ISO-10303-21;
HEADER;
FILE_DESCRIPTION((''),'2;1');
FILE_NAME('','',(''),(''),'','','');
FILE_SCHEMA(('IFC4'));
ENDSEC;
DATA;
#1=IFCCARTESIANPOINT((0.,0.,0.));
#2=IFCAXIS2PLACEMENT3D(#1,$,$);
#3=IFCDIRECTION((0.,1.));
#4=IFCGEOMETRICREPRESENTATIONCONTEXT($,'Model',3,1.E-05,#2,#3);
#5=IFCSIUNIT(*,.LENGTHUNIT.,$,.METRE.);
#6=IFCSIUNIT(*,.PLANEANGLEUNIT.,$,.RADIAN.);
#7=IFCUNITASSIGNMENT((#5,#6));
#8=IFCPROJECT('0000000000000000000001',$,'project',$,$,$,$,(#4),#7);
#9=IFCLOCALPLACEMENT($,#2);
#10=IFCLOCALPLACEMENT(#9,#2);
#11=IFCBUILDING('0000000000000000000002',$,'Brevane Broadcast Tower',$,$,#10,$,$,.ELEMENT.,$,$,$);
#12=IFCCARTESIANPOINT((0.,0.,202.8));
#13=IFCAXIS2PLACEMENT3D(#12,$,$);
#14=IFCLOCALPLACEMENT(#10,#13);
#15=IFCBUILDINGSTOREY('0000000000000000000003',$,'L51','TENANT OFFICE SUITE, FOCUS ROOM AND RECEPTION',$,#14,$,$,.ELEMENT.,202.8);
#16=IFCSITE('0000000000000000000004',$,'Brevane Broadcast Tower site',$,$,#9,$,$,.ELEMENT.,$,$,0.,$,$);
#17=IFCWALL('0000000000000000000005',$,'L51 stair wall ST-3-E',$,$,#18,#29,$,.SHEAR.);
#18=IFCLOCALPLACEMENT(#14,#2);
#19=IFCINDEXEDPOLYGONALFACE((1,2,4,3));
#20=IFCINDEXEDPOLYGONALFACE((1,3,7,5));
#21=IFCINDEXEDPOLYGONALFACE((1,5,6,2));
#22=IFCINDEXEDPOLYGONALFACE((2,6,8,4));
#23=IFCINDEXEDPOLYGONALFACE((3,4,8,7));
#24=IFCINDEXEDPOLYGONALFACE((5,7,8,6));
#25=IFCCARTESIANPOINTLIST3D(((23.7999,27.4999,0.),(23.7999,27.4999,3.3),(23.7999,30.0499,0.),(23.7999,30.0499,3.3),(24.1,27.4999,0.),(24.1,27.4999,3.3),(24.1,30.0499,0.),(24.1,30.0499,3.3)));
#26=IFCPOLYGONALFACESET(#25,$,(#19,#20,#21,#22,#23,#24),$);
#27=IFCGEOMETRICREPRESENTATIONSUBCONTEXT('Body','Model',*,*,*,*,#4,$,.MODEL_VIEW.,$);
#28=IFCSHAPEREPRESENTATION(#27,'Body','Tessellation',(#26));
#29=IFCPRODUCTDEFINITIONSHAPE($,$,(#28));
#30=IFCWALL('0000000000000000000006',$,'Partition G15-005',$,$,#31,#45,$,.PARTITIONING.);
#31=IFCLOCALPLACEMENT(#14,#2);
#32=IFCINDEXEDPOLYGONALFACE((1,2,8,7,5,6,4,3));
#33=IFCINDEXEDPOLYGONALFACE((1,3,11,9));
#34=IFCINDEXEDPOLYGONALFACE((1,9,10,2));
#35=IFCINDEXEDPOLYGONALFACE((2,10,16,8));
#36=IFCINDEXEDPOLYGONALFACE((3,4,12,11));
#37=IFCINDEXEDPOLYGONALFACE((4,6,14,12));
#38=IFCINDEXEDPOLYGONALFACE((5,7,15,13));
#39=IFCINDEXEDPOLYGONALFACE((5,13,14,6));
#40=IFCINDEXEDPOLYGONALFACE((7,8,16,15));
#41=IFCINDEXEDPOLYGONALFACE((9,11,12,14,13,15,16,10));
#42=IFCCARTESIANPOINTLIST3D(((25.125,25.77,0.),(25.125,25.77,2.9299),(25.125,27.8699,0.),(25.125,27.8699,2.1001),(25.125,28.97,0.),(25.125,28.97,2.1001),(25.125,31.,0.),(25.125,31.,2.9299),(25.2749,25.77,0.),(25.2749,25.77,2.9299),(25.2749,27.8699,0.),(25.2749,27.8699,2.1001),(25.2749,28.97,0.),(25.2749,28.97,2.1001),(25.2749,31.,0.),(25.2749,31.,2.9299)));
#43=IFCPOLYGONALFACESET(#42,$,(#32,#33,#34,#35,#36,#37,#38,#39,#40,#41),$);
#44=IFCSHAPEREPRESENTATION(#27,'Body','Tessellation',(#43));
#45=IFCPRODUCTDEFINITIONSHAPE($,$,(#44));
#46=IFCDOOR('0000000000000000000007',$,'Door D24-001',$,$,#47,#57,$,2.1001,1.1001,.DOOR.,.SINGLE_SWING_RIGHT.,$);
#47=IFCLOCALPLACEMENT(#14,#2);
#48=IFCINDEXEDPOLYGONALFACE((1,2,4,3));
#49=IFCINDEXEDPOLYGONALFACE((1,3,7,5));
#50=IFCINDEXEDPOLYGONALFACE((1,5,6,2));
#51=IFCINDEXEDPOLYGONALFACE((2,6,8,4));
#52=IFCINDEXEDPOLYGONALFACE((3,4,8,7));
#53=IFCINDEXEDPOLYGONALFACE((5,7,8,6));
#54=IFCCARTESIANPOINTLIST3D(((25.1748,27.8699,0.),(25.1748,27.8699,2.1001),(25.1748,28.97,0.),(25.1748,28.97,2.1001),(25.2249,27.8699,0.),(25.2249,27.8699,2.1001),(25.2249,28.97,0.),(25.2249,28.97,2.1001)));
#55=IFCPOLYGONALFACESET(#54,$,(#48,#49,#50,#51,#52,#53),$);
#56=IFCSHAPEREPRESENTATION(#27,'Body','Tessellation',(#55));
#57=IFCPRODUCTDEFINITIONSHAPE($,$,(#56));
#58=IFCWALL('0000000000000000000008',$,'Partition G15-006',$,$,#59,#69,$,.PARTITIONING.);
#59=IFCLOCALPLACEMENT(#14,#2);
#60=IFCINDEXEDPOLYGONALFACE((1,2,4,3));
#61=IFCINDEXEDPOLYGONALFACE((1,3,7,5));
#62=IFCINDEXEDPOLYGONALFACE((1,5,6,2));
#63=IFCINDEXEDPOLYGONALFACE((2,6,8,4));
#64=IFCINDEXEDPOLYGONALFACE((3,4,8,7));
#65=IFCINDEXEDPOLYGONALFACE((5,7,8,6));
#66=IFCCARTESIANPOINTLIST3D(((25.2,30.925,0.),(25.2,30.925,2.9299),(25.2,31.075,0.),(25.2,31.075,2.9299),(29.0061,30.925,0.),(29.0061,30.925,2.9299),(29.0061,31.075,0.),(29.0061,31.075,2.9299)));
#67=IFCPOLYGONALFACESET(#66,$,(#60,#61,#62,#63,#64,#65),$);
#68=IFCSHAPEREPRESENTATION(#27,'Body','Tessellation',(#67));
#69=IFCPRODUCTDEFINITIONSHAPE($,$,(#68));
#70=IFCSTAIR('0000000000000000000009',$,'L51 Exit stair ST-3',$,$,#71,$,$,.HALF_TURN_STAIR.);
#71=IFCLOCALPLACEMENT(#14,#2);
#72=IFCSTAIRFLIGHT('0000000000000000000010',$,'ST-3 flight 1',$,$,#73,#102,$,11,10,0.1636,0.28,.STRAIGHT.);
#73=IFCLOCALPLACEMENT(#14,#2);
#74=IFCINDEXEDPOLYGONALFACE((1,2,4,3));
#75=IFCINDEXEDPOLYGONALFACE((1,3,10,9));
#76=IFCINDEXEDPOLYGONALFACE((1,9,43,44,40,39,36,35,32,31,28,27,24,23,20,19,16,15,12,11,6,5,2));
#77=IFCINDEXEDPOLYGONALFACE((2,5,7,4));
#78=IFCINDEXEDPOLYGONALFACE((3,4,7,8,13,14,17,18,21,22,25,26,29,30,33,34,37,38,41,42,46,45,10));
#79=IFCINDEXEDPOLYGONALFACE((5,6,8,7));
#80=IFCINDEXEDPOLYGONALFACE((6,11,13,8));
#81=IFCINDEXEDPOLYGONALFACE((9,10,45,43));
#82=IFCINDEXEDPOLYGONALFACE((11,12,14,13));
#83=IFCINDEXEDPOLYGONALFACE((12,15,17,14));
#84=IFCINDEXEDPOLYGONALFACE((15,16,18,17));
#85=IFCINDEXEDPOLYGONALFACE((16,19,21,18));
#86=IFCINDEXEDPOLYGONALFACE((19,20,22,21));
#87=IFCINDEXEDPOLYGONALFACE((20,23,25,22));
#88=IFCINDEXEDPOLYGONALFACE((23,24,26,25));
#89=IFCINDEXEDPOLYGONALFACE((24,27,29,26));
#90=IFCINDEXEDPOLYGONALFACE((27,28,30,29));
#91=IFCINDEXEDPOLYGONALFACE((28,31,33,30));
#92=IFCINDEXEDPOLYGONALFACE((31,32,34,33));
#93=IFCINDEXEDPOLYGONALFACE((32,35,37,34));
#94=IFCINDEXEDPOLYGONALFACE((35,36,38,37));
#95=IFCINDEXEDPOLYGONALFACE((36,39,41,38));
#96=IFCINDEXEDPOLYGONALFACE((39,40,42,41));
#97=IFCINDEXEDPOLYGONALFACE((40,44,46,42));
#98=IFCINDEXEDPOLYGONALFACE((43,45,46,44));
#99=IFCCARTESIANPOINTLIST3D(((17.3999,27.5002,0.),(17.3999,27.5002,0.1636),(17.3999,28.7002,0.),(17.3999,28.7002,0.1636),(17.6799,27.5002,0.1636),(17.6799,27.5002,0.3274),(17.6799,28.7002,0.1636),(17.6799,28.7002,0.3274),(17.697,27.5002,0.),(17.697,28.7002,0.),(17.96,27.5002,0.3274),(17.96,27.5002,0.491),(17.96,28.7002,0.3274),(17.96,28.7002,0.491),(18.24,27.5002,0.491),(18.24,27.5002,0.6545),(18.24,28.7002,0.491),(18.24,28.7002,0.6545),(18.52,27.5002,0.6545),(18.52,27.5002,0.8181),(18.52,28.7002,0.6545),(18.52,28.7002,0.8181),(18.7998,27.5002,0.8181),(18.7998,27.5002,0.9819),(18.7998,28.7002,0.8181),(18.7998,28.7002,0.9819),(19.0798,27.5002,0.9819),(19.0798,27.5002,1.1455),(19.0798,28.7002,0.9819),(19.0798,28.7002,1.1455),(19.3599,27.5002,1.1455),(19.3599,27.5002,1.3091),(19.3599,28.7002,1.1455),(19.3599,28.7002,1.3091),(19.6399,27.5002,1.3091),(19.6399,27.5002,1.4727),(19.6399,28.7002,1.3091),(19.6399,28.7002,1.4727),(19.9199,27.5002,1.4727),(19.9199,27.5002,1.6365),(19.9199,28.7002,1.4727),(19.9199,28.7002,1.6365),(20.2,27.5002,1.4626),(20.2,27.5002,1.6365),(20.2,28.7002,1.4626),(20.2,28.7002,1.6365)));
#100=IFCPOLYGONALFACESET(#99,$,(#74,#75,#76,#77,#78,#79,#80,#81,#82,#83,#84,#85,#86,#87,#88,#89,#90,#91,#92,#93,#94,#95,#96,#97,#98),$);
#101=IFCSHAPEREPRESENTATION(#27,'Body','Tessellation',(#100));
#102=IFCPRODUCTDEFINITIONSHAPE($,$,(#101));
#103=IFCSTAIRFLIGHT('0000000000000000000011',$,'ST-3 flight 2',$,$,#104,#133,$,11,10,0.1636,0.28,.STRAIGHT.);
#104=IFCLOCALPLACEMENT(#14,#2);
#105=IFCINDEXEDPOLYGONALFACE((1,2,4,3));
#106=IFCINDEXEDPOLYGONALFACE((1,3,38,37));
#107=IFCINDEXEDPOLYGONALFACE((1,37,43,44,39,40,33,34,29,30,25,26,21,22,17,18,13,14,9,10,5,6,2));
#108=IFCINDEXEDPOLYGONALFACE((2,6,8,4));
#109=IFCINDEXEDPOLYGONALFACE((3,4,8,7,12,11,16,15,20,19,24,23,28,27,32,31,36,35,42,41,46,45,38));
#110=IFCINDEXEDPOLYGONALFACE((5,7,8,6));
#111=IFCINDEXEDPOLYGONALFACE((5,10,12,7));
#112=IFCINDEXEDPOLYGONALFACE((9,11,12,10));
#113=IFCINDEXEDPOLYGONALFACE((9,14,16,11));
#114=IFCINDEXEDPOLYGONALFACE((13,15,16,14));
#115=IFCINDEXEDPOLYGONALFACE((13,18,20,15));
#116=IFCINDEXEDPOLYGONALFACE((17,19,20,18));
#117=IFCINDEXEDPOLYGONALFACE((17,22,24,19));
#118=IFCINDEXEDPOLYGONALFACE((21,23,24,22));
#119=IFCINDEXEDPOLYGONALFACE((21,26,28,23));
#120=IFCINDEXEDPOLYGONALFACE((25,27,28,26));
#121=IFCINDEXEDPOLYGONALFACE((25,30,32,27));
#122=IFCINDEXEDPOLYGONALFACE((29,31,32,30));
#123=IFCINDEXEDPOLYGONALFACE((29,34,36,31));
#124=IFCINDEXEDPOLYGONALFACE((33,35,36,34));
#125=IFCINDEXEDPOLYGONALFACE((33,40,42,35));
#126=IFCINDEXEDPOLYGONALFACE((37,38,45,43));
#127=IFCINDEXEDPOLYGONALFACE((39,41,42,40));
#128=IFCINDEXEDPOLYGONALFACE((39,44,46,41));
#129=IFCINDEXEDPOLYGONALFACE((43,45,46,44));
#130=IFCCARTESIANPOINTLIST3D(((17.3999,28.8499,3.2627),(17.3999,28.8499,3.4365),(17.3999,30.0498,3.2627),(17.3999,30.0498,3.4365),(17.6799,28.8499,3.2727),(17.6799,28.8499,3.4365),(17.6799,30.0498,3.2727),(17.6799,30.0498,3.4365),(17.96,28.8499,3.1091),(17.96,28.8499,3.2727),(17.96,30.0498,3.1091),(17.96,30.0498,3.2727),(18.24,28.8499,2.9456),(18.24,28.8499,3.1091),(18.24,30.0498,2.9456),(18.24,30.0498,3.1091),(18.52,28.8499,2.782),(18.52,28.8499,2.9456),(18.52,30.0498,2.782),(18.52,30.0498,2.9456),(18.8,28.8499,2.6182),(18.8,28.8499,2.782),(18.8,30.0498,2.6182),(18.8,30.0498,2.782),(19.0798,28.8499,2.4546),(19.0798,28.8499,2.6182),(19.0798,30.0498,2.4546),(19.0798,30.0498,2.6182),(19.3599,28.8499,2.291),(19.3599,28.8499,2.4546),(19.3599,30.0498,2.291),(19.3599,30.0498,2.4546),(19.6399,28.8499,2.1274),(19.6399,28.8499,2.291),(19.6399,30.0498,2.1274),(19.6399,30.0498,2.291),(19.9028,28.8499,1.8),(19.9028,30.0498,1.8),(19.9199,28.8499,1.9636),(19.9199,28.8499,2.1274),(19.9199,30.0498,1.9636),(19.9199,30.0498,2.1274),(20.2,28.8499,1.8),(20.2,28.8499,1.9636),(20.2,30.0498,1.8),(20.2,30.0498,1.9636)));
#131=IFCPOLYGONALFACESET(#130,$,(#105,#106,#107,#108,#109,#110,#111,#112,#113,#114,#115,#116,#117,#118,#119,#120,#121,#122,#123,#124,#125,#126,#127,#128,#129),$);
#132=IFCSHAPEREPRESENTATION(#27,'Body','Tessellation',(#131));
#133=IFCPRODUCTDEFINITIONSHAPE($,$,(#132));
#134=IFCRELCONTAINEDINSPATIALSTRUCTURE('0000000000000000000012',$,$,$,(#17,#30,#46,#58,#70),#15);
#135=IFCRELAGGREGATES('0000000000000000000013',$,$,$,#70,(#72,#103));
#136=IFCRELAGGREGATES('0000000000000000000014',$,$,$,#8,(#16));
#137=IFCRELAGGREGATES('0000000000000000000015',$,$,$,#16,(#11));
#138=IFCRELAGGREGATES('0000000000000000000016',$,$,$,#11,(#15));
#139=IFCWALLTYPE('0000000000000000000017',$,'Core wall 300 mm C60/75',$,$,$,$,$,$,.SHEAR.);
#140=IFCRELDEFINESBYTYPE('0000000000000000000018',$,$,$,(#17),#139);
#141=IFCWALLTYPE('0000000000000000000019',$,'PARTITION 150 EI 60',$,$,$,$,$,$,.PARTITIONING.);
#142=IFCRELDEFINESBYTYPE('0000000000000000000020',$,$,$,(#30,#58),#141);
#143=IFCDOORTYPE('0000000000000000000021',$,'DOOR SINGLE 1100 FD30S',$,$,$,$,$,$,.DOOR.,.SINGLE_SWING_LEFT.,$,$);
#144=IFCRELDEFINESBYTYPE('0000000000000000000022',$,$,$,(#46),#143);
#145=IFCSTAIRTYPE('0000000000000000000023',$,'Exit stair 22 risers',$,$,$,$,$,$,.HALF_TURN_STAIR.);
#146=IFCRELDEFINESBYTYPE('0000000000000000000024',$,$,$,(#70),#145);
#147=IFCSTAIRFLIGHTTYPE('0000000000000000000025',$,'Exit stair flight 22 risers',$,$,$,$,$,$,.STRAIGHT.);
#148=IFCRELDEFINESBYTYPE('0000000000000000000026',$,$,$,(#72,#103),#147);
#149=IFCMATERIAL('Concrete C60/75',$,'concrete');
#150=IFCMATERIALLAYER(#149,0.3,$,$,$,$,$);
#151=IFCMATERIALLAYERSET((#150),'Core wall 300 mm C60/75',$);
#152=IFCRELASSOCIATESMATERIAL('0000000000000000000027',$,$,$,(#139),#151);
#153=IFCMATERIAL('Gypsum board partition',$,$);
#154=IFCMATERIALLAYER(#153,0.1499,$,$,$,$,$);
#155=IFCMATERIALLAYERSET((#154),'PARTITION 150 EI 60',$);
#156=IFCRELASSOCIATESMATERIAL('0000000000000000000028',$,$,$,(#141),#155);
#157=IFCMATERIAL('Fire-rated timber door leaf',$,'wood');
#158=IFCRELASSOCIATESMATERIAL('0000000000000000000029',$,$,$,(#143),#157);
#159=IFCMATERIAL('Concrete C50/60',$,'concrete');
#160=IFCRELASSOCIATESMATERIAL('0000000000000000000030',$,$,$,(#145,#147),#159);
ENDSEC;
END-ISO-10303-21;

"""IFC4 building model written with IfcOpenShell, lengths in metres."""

from ifc_helpers import new_model, si_unit, direction, frame, frame_2d, origin, place, context, subcontext, project, spatial, polyline, rectangle, outline, extrude, material, layer, layer_set, type_object, element, fill, aggregate, save


model = new_model("IFC4")

# Units and contexts
model_context = context("Model", 3, precision=1e-05, world=origin(), true_north=direction((0.0, 1.0)))
body_context = subcontext(model_context, "Body", "Model", "MODEL_VIEW")
ifc_project = project(units=[si_unit("LENGTHUNIT", "METRE"), si_unit("PLANEANGLEUNIT", "RADIAN")], contexts=[model_context])

# Site, building, storey
site_placement = place(None, origin())
site = spatial("IfcSite", under=ifc_project, at=site_placement, Name="Brevane Broadcast Tower site", CompositionType="ELEMENT", RefElevation=0.0)
building_placement = place(site_placement, origin())
building = spatial("IfcBuilding", under=site, at=building_placement, Name="Brevane Broadcast Tower", CompositionType="ELEMENT")
storey_placement = place(building_placement, frame((0.0, 0.0, 202.8)))
storey = spatial("IfcBuildingStorey", under=building, at=storey_placement, Name="L51", Description="TENANT OFFICE SUITE, FOCUS ROOM AND RECEPTION", CompositionType="ELEMENT", Elevation=202.8)

# Shared definitions
ifc_material_1 = material(Name="Concrete C60/75", Category="concrete")

# Wall
ifc_layer_1 = layer(ifc_material_1, 0.3)
ifc_layer_set_1 = layer_set([ifc_layer_1], Name="Core wall 300 mm C60/75")
wall_type_1 = type_object("IfcWallType", Name="Core wall 300 mm C60/75", PredefinedType="SHEAR", material=ifc_layer_set_1)
wall_1_placement = place(storey_placement, frame((23.95, 27.5, 0.0), z_axis=(0.0, 0.0, 1.0), x_axis=(0.0, 1.0, 0.0)))
element("IfcWall", 1, at=wall_1_placement, inside=storey, type_object=wall_type_1, Name="L51 stair wall ST-3-E", PredefinedType="SHEAR", context=body_context, shape_type="SweptSolid", body=[
    extrude(rectangle(XDim=2.55, YDim=0.3, at=frame_2d((1.2749, 0.0))), origin(), (0.0, 0.0, 1.0), 3.3),
])

# Wall, opening, door
ifc_material_2 = material(Name="Gypsum board partition")
ifc_layer_2 = layer(ifc_material_2, 0.1499)
ifc_layer_set_2 = layer_set([ifc_layer_2], Name="PARTITION 150 EI 60")
wall_type_2 = type_object("IfcWallType", Name="PARTITION 150 EI 60", PredefinedType="PARTITIONING", material=ifc_layer_set_2)
wall_2_placement = place(storey_placement, frame((25.2, 31.0, 0.0), z_axis=(0.0, 0.0, 1.0), x_axis=(0.0, -1.0, 0.0)))
wall_2 = element("IfcWall", 2, at=wall_2_placement, inside=storey, type_object=wall_type_2, Name="Partition G15-005", PredefinedType="PARTITIONING", context=body_context, shape_type="SweptSolid", body=[
    extrude(outline(polyline([(0.0, 0.0), (5.23, 0.0), (5.23, 2.9299), (0.0, 2.9299), (0.0, 0.0)])), frame((0.0, 0.075, 0.0), z_axis=(0.0, -1.0, 0.0), x_axis=(1.0, 0.0, 0.0)), (0.0, 0.0, 1.0), 0.1499),
])
opening_placement = place(wall_2_placement, frame((2.03, 0.0, 0.0)))
opening = element("IfcOpeningElement", 3, at=opening_placement, cuts=wall_2, PredefinedType="OPENING", context=body_context, shape_type="SweptSolid", body=[
    extrude(rectangle(XDim=1.1001, YDim=2.1001, at=frame_2d((0.55, 1.05))), frame((0.0, 0.085, 0.0), z_axis=(0.0, -1.0, 0.0), x_axis=(1.0, 0.0, 0.0)), (0.0, 0.0, 1.0), 0.1699),
])
ifc_material_3 = material(Name="Fire-rated timber door leaf", Category="wood")
door_type = type_object("IfcDoorType", Name="DOOR SINGLE 1100 FD30S", OperationType="SINGLE_SWING_LEFT", PredefinedType="DOOR", material=ifc_material_3)
door_placement = place(opening_placement, origin())
door = element("IfcDoor", 4, at=door_placement, inside=storey, type_object=door_type, Name="Door D24-001", OperationType="SINGLE_SWING_RIGHT", OverallHeight=2.1001, OverallWidth=1.1001, PredefinedType="DOOR", context=body_context, shape_type="SweptSolid", body=[
    extrude(rectangle(XDim=1.1001, YDim=2.1001, at=frame_2d((0.55, 1.05))), frame((0.0, 0.0249, 0.0), z_axis=(0.0, -1.0, 0.0), x_axis=(1.0, 0.0, 0.0)), (0.0, 0.0, 1.0), 0.05),
])
fill(opening, door)

# Wall
wall_3_placement = place(storey_placement, frame((25.2, 31.0, 0.0), z_axis=(0.0, 0.0, 1.0), x_axis=(1.0, 0.0, 0.0)))
element("IfcWall", 5, at=wall_3_placement, inside=storey, type_object=wall_type_2, Name="Partition G15-006", PredefinedType="PARTITIONING", context=body_context, shape_type="SweptSolid", body=[
    extrude(rectangle(XDim=3.8062, YDim=0.1499, at=frame_2d((1.9031, 0.0))), origin(), (0.0, 0.0, 1.0), 2.9299),
])

# Stair, stair flights
ifc_material_4 = material(Name="Concrete C50/60", Category="concrete")
stair_type = type_object("IfcStairType", Name="Exit stair 22 risers", PredefinedType="HALF_TURN_STAIR", material=ifc_material_4)
stair_placement = place(storey_placement, origin())
stair = element("IfcStair", 6, at=stair_placement, inside=storey, type_object=stair_type, Name="L51 Exit stair ST-3", PredefinedType="HALF_TURN_STAIR")
stair_flight_type = type_object("IfcStairFlightType", Name="Exit stair flight 22 risers", PredefinedType="STRAIGHT", material=ifc_material_4)
stair_flight_1_placement = place(storey_placement, frame((17.3999, 28.1001, 0.0), z_axis=(0.0, 0.0, 1.0), x_axis=(1.0, 0.0, 0.0)))
stair_flight_1 = element("IfcStairFlight", 7, at=stair_flight_1_placement, type_object=stair_flight_type, Name="ST-3 flight 1", NumberOfRisers=11, NumberOfTreads=10, PredefinedType="STRAIGHT", RiserHeight=0.1636, TreadLength=0.28, context=body_context, shape_type="SweptSolid", body=[
    extrude(outline(polyline([(0.0, 0.0), (0.0, 0.1636), (0.28, 0.1636), (0.28, 0.3274), (0.5601, 0.3274), (0.5601, 0.491), (0.8401, 0.491), (0.8401, 0.6545), (1.1201, 0.6545), (1.1201, 0.8181), (1.3999, 0.8181), (1.3999, 0.9819), (1.6799, 0.9819), (1.6799, 1.1455), (1.96, 1.1455), (1.96, 1.3091), (2.24, 1.3091), (2.24, 1.4727), (2.52, 1.4727), (2.52, 1.6365), (2.8, 1.6365), (2.8, 1.8), (2.8, 1.4626), (0.2971, 0.0), (0.0, 0.0)])), frame((0.0, 0.6001, 0.0), z_axis=(0.0, -1.0, 0.0), x_axis=(1.0, 0.0, 0.0)), (0.0, 0.0, 1.0), 1.2),
])
stair_flight_2_placement = place(storey_placement, frame((20.2, 29.45, 1.8), z_axis=(0.0, 0.0, 1.0), x_axis=(-1.0, 0.0, 0.0)))
stair_flight_2 = element("IfcStairFlight", 8, at=stair_flight_2_placement, type_object=stair_flight_type, Name="ST-3 flight 2", NumberOfRisers=11, NumberOfTreads=10, PredefinedType="STRAIGHT", RiserHeight=0.1636, TreadLength=0.28, context=body_context, shape_type="SweptSolid", body=[
    extrude(outline(polyline([(0.0, 0.0), (0.0, 0.1636), (0.28, 0.1636), (0.28, 0.3274), (0.5601, 0.3274), (0.5601, 0.491), (0.8401, 0.491), (0.8401, 0.6545), (1.1201, 0.6545), (1.1201, 0.8181), (1.3999, 0.8181), (1.3999, 0.9819), (1.6799, 0.9819), (1.6799, 1.1455), (1.96, 1.1455), (1.96, 1.3091), (2.24, 1.3091), (2.24, 1.4727), (2.52, 1.4727), (2.52, 1.6365), (2.8, 1.6365), (2.8, 1.8), (2.8, 1.4626), (0.2971, 0.0), (0.0, 0.0)])), frame((0.0, 0.6001, 0.0), z_axis=(0.0, -1.0, 0.0), x_axis=(1.0, 0.0, 0.0)), (0.0, 0.0, 1.0), 1.2),
])
aggregate(stair, [stair_flight_1, stair_flight_2])

save(model, "model.ifc")
